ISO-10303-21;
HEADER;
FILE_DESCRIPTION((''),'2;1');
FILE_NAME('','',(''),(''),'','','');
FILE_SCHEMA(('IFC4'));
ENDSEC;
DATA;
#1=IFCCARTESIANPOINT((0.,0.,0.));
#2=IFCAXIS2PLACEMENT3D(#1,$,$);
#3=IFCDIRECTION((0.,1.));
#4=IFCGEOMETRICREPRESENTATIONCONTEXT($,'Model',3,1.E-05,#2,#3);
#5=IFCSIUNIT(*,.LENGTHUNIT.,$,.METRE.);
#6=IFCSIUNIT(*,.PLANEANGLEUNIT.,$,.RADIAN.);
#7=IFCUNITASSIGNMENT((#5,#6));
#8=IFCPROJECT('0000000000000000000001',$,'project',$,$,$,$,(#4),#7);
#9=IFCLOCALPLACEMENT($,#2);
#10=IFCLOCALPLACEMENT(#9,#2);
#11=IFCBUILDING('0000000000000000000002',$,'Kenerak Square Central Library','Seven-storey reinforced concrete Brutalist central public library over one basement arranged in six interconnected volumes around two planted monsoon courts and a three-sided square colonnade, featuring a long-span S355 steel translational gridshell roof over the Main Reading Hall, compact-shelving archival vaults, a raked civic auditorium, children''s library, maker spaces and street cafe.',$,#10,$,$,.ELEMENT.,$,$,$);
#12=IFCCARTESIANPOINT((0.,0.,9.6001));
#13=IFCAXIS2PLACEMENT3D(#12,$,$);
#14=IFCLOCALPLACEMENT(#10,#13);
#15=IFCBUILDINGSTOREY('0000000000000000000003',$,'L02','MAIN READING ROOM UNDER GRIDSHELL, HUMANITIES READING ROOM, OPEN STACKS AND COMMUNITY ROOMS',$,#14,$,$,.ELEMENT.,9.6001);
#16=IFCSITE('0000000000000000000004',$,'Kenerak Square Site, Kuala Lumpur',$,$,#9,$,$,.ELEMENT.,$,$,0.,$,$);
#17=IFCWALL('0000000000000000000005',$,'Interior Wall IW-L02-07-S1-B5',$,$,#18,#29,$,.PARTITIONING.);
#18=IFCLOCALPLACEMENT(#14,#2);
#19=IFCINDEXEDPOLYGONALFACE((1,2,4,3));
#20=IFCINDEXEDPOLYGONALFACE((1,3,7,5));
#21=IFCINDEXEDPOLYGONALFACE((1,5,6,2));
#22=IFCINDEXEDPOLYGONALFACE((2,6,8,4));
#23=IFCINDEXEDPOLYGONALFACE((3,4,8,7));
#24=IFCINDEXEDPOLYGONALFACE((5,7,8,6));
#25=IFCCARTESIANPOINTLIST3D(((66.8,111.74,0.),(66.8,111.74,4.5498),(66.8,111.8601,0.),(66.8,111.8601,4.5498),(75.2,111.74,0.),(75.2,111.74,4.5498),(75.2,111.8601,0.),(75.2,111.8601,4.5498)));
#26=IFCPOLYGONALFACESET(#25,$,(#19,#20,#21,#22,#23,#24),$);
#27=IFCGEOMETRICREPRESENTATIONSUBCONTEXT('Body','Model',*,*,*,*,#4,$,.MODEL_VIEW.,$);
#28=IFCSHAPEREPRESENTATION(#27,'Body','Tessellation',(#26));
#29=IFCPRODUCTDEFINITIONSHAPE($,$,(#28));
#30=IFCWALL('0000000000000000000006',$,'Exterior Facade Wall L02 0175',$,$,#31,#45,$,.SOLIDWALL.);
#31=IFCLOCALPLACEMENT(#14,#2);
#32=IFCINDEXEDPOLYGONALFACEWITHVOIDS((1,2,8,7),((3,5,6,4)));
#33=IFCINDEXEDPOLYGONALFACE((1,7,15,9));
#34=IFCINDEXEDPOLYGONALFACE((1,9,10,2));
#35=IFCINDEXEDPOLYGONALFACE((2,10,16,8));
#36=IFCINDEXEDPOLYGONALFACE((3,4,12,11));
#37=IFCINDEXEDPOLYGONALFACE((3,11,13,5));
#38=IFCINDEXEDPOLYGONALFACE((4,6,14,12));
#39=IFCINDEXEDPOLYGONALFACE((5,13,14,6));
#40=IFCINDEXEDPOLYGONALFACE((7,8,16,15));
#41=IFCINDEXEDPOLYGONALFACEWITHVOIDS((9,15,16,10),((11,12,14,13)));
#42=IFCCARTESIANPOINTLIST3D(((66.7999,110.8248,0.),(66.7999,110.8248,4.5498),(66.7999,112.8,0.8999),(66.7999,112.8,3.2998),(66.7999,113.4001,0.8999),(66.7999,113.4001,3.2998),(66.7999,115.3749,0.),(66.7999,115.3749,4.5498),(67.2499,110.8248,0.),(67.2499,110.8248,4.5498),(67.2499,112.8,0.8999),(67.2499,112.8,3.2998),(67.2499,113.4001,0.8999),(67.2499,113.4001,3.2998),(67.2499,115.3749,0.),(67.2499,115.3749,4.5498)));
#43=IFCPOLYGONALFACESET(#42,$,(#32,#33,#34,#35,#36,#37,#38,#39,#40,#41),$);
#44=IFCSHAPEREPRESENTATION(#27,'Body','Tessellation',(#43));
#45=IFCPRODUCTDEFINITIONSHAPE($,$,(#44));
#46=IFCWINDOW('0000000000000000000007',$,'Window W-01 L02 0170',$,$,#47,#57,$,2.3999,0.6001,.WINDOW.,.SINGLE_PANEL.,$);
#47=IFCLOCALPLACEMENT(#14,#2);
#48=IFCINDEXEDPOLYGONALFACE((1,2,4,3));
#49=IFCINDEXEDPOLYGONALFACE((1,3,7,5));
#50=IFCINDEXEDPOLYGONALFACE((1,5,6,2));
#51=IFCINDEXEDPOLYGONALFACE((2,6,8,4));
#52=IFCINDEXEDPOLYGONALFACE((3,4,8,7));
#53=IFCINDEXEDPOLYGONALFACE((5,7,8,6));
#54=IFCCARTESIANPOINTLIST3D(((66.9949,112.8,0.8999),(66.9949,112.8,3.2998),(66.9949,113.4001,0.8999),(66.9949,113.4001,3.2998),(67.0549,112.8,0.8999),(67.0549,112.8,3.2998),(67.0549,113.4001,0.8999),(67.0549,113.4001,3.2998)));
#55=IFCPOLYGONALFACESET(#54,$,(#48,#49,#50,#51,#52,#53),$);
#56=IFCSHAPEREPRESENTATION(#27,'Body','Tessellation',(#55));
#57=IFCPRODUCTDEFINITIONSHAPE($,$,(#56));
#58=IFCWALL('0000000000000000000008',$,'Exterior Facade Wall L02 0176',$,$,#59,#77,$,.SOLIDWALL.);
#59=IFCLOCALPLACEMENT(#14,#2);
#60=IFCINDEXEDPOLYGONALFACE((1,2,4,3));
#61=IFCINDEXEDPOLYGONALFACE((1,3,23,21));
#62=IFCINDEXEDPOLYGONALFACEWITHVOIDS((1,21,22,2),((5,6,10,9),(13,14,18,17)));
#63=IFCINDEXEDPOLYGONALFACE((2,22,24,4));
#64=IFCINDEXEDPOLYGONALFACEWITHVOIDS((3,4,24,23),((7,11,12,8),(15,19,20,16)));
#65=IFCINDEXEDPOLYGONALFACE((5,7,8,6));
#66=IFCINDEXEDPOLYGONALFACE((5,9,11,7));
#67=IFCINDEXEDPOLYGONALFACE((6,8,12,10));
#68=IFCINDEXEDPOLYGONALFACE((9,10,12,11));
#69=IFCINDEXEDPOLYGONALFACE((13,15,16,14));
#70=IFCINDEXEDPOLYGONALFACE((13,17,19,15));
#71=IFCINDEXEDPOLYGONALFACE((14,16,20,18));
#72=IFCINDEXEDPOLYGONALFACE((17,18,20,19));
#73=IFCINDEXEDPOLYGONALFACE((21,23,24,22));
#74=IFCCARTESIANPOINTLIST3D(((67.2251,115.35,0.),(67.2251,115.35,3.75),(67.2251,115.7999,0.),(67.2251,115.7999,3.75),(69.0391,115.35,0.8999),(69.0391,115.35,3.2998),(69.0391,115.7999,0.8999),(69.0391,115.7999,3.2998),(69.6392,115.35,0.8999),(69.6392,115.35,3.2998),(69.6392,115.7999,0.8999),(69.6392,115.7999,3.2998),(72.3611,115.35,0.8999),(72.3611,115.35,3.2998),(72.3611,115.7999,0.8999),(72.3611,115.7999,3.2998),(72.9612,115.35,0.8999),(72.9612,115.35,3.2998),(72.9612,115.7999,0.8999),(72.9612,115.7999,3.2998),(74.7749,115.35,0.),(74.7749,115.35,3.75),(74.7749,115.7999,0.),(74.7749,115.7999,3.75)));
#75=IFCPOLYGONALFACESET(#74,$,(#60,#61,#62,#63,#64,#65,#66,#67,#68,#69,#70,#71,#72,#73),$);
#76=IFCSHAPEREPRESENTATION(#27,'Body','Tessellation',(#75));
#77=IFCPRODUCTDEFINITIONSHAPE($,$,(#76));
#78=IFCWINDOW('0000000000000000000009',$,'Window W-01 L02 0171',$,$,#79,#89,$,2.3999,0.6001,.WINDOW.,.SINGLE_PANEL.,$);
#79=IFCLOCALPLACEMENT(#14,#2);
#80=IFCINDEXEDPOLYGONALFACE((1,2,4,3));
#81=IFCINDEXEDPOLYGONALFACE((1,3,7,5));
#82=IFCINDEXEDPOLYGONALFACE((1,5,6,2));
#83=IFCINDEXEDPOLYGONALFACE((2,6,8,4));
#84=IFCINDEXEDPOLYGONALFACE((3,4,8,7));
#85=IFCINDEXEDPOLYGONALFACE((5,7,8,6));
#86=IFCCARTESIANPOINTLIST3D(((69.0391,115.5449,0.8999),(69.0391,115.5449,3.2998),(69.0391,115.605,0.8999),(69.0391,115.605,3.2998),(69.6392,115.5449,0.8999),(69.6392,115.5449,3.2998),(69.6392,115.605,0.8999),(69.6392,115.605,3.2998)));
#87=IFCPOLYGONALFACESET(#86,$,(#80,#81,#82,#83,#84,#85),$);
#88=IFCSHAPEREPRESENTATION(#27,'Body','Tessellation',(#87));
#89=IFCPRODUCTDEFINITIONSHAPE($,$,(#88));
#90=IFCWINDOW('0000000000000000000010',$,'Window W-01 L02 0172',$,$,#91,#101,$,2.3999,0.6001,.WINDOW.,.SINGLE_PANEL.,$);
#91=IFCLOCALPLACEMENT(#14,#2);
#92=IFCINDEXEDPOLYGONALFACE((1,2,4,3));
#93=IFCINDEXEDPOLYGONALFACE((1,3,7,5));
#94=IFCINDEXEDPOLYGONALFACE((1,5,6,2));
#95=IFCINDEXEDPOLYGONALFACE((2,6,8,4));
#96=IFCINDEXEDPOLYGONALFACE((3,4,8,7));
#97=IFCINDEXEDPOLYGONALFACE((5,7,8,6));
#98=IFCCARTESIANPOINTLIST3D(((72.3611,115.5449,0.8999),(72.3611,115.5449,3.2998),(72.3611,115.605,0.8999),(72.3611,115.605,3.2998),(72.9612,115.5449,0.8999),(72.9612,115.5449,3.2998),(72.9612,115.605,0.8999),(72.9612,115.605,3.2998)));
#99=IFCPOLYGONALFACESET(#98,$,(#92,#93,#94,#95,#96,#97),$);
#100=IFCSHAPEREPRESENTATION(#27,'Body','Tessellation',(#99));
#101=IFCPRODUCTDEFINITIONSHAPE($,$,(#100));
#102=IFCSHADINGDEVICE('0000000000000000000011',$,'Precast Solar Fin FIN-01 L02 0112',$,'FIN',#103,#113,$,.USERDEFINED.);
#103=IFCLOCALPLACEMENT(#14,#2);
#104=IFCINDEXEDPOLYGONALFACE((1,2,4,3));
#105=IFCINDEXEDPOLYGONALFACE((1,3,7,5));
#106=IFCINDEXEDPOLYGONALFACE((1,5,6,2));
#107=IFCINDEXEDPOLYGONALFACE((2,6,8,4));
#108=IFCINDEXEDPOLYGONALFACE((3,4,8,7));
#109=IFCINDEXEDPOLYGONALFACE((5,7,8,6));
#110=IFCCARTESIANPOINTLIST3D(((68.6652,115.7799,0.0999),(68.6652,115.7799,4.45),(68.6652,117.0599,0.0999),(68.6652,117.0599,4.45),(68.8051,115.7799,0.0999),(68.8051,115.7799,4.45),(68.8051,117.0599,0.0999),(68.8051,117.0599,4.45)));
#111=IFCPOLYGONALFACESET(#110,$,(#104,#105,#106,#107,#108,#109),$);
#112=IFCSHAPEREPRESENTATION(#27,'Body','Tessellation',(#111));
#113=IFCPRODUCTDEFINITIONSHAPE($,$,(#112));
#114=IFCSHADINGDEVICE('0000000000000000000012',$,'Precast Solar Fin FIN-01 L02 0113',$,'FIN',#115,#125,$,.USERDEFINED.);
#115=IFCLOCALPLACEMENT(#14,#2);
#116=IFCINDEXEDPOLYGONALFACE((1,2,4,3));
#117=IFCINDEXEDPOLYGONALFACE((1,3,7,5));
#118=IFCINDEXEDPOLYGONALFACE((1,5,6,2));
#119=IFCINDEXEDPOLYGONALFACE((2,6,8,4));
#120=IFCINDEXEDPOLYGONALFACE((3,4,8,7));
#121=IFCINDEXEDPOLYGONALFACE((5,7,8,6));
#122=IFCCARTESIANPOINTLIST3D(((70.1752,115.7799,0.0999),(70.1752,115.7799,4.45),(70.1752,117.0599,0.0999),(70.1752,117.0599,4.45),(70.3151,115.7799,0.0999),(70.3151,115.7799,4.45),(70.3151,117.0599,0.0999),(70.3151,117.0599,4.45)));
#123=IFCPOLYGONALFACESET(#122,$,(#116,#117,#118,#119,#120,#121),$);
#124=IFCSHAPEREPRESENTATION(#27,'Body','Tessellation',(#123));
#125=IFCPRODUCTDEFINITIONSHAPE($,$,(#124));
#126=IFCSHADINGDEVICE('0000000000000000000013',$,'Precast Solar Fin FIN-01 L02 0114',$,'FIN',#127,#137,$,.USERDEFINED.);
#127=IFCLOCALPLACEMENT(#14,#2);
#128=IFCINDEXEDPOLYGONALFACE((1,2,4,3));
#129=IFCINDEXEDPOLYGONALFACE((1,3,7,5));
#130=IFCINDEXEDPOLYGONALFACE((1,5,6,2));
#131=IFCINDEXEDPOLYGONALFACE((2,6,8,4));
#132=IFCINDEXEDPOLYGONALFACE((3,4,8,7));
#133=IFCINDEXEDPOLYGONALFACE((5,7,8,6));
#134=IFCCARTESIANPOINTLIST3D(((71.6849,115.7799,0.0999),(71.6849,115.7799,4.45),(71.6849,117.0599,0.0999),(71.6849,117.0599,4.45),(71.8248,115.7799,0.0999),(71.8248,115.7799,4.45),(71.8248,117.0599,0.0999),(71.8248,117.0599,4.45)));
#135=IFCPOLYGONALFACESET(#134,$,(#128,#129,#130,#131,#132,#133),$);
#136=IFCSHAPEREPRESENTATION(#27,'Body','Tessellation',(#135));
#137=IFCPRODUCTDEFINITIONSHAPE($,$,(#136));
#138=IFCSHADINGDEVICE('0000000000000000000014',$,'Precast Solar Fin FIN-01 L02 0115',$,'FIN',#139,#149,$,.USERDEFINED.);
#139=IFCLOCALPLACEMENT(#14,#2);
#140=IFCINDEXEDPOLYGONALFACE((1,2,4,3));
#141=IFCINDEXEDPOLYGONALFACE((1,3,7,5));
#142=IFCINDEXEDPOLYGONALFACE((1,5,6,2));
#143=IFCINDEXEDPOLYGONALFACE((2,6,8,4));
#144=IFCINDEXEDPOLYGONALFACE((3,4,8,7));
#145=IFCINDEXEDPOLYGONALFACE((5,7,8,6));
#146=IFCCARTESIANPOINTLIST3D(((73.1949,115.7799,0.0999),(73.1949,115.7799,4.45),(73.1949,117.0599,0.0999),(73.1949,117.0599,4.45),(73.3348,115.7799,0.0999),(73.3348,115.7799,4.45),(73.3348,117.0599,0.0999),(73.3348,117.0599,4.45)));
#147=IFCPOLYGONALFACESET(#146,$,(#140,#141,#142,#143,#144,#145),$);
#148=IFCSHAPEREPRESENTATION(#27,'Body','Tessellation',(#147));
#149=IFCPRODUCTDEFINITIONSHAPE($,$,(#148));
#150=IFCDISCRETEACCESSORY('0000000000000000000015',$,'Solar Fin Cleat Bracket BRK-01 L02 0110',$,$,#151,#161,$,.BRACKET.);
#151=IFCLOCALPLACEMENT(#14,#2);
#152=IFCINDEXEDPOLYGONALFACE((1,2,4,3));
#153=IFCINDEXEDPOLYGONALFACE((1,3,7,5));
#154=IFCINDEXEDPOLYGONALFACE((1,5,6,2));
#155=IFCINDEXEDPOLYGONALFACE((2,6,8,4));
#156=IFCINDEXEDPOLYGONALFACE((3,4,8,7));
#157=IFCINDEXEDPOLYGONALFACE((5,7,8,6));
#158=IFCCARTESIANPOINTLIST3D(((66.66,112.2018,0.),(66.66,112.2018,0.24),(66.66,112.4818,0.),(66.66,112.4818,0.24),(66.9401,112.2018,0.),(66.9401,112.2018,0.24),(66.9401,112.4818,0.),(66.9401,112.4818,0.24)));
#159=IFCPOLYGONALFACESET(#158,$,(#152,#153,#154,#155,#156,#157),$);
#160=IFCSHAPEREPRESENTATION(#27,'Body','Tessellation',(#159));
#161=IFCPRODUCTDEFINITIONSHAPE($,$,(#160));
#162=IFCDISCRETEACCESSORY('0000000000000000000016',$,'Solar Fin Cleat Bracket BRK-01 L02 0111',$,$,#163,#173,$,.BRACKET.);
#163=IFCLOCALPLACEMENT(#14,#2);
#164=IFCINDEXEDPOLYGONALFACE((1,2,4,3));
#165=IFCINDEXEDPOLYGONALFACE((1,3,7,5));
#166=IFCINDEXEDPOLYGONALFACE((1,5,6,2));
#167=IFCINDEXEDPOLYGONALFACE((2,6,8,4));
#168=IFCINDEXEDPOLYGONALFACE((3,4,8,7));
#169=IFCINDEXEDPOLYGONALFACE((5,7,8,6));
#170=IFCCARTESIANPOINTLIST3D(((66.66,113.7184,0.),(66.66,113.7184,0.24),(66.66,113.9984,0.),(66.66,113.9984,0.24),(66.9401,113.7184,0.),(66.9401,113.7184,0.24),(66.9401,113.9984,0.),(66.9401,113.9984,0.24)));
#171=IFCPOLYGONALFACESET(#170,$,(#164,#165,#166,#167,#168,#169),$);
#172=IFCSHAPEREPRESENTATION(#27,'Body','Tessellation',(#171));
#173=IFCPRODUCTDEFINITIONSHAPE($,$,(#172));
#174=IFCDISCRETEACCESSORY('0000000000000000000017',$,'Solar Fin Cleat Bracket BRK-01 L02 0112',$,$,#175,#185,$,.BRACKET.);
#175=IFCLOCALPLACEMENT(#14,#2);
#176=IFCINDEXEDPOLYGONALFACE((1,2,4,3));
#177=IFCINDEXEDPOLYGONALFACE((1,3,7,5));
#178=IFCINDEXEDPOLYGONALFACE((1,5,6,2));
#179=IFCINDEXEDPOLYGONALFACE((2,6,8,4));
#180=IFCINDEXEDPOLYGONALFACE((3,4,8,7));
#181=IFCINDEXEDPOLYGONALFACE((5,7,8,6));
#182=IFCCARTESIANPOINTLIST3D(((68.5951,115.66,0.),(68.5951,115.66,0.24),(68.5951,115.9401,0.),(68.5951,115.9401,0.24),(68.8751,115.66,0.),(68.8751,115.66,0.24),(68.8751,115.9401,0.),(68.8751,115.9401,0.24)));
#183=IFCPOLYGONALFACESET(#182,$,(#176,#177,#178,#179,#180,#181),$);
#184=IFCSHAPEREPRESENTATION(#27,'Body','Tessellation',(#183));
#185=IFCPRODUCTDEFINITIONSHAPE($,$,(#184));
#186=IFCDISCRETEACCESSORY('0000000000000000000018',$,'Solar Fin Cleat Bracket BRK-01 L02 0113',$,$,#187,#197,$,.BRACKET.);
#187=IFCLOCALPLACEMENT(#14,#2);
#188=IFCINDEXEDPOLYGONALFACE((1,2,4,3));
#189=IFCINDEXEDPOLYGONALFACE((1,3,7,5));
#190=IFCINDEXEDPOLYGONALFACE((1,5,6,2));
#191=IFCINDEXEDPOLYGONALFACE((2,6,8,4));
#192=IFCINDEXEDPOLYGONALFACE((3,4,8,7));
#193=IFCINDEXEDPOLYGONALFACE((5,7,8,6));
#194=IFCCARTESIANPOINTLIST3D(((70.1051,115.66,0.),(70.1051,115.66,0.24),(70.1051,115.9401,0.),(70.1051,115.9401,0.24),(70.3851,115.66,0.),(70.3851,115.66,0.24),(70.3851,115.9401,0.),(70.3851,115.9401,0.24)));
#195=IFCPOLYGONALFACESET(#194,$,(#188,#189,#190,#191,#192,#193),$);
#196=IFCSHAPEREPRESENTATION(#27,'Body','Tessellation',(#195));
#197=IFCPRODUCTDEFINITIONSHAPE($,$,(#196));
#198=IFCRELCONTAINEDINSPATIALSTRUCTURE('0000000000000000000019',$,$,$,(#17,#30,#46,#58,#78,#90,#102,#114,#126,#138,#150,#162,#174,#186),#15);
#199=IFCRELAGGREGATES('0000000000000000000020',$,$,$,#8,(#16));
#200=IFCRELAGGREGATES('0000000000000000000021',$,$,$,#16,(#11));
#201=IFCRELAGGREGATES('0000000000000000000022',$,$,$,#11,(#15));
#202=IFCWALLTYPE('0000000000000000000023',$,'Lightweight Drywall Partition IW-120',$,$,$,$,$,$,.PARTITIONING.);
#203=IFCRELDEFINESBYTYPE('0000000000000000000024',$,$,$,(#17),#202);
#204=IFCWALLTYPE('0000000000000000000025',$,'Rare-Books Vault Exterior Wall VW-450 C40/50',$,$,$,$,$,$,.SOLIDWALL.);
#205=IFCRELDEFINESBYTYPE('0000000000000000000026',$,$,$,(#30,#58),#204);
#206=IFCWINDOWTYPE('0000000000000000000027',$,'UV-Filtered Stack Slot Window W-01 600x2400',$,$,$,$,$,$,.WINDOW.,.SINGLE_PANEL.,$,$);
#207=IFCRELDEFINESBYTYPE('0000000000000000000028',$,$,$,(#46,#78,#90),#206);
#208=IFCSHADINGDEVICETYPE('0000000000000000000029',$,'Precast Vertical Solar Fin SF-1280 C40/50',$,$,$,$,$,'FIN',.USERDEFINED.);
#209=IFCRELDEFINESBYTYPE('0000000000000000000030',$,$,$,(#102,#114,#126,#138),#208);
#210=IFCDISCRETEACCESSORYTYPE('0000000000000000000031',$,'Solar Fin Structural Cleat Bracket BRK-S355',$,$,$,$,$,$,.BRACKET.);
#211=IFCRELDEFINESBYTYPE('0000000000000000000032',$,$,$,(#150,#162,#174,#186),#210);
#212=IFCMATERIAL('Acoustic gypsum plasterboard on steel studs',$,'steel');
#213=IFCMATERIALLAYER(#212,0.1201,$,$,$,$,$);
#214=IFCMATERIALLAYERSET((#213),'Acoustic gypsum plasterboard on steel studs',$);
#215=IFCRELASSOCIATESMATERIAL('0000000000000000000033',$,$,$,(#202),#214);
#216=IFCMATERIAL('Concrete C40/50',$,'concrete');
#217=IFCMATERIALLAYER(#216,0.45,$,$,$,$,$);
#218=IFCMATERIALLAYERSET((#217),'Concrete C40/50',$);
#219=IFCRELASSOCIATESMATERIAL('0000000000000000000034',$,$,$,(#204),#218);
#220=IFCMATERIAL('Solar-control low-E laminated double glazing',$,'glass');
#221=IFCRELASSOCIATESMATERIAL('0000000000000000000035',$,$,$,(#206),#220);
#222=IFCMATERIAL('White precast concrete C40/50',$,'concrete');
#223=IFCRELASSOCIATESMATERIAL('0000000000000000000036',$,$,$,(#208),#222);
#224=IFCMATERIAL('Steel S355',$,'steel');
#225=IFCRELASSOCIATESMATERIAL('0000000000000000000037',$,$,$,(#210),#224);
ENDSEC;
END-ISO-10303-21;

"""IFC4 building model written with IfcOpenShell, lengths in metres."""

from ifc_helpers import new_model, si_unit, direction, frame, frame_2d, origin, origin_2d, place, context, subcontext, project, spatial, rectangle, extrude, material, layer, layer_set, type_object, element, fill, save


model = new_model("IFC4")

# Units and contexts
model_context = context("Model", 3, precision=1e-05, world=origin(), true_north=direction((0.0, 1.0)))
body_context = subcontext(model_context, "Body", "Model", "MODEL_VIEW")
ifc_project = project(units=[si_unit("LENGTHUNIT", "METRE"), si_unit("PLANEANGLEUNIT", "RADIAN")], contexts=[model_context])

# Site, building, storey
site_placement = place(None, origin())
site = spatial("IfcSite", under=ifc_project, at=site_placement, Name="Kenerak Square Site, Kuala Lumpur", CompositionType="ELEMENT", RefElevation=0.0)
building_placement = place(site_placement, origin())
building = spatial("IfcBuilding", under=site, at=building_placement, Name="Kenerak Square Central Library", Description="Seven-storey reinforced concrete Brutalist central public library over one basement arranged in six interconnected volumes around two planted monsoon courts and a three-sided square colonnade, featuring a long-span S355 steel translational gridshell roof over the Main Reading Hall, compact-shelving archival vaults, a raked civic auditorium, children's library, maker spaces and street cafe.", CompositionType="ELEMENT")
storey_placement = place(building_placement, frame((0.0, 0.0, 9.6001)))
storey = spatial("IfcBuildingStorey", under=building, at=storey_placement, Name="L02", Description="MAIN READING ROOM UNDER GRIDSHELL, HUMANITIES READING ROOM, OPEN STACKS AND COMMUNITY ROOMS", CompositionType="ELEMENT", Elevation=9.6001)

# Shared definitions
ifc_material_1 = material(Name="Concrete C40/50", Category="concrete")

# Wall
ifc_material_2 = material(Name="Acoustic gypsum plasterboard on steel studs", Category="steel")
ifc_layer_1 = layer(ifc_material_2, 0.1201)
ifc_layer_set_1 = layer_set([ifc_layer_1], Name="Acoustic gypsum plasterboard on steel studs")
wall_type_1 = type_object("IfcWallType", Name="Lightweight Drywall Partition IW-120", PredefinedType="PARTITIONING", material=ifc_layer_set_1)
wall_1_placement = place(storey_placement, frame((75.2, 111.8, 0.0), z_axis=(0.0, 0.0, 1.0), x_axis=(-1.0, 0.0, 0.0)))
element("IfcWall", 1, at=wall_1_placement, inside=storey, type_object=wall_type_1, Name="Interior Wall IW-L02-07-S1-B5", PredefinedType="PARTITIONING", context=body_context, shape_type="SweptSolid", body=[
    extrude(rectangle(XDim=8.3999, YDim=0.1201, at=frame_2d((4.2, 0.0))), origin(), (0.0, 0.0, 1.0), 4.5498),
])

# Wall, opening, window
ifc_layer_2 = layer(ifc_material_1, 0.45)
ifc_layer_set_2 = layer_set([ifc_layer_2], Name="Concrete C40/50")
wall_type_2 = type_object("IfcWallType", Name="Rare-Books Vault Exterior Wall VW-450 C40/50", PredefinedType="SOLIDWALL", material=ifc_layer_set_2)
wall_2_placement = place(storey_placement, frame((67.0249, 110.825, 0.0), z_axis=(0.0, 0.0, 1.0), x_axis=(0.0, 1.0, 0.0)))
wall_2 = element("IfcWall", 2, at=wall_2_placement, inside=storey, type_object=wall_type_2, Name="Exterior Facade Wall L02 0175", PredefinedType="SOLIDWALL", context=body_context, shape_type="SweptSolid", body=[
    extrude(rectangle(XDim=4.55, YDim=0.45, at=frame_2d((2.2749, 0.0))), origin(), (0.0, 0.0, 1.0), 4.5498),
])
opening_1_placement = place(wall_2_placement, frame((1.9751, 0.0, 0.8999)))
opening_1 = element("IfcOpeningElement", 3, at=opening_1_placement, cuts=wall_2, PredefinedType="OPENING", context=body_context, shape_type="SweptSolid", body=[
    extrude(rectangle(XDim=0.6001, YDim=2.3999, at=frame_2d((0.3, 1.2))), frame((0.0, 0.2349, 0.0), z_axis=(0.0, -1.0, 0.0), x_axis=(1.0, 0.0, 0.0)), (0.0, 0.0, 1.0), 0.47),
])
ifc_material_3 = material(Name="Solar-control low-E laminated double glazing", Category="glass")
window_type = type_object("IfcWindowType", Name="UV-Filtered Stack Slot Window W-01 600x2400", PartitioningType="SINGLE_PANEL", PredefinedType="WINDOW", material=ifc_material_3)
window_1_placement = place(opening_1_placement, origin())
window_1 = element("IfcWindow", 4, at=window_1_placement, inside=storey, type_object=window_type, Name="Window W-01 L02 0170", OverallHeight=2.3999, OverallWidth=0.6001, PartitioningType="SINGLE_PANEL", PredefinedType="WINDOW", context=body_context, shape_type="SweptSolid", body=[
    extrude(rectangle(XDim=0.6001, YDim=2.3999, at=frame_2d((0.3, 1.2))), frame((0.0, 0.03, 0.0), z_axis=(0.0, -1.0, 0.0), x_axis=(1.0, 0.0, 0.0)), (0.0, 0.0, 1.0), 0.0601),
])
fill(opening_1, window_1)

# Wall, openings, windows
wall_3_placement = place(storey_placement, frame((67.2251, 115.575, 0.0), z_axis=(0.0, 0.0, 1.0), x_axis=(1.0, 0.0, 0.0)))
wall_3 = element("IfcWall", 5, at=wall_3_placement, inside=storey, type_object=wall_type_2, Name="Exterior Facade Wall L02 0176", PredefinedType="SOLIDWALL", context=body_context, shape_type="SweptSolid", body=[
    extrude(rectangle(XDim=7.5498, YDim=0.45, at=frame_2d((3.7749, 0.0))), origin(), (0.0, 0.0, 1.0), 3.75),
])
opening_2_placement = place(wall_3_placement, frame((1.814, 0.0, 0.8999)))
opening_2 = element("IfcOpeningElement", 6, at=opening_2_placement, cuts=wall_3, PredefinedType="OPENING", context=body_context, shape_type="SweptSolid", body=[
    extrude(rectangle(XDim=0.6001, YDim=2.3999, at=frame_2d((0.3, 1.2))), frame((0.0, 0.2349, 0.0), z_axis=(0.0, -1.0, 0.0), x_axis=(1.0, 0.0, 0.0)), (0.0, 0.0, 1.0), 0.47),
])
opening_3_placement = place(wall_3_placement, frame((5.136, 0.0, 0.8999)))
opening_3 = element("IfcOpeningElement", 7, at=opening_3_placement, cuts=wall_3, PredefinedType="OPENING", context=body_context, shape_type="SweptSolid", body=[
    extrude(rectangle(XDim=0.6001, YDim=2.3999, at=frame_2d((0.3, 1.2))), frame((0.0, 0.2349, 0.0), z_axis=(0.0, -1.0, 0.0), x_axis=(1.0, 0.0, 0.0)), (0.0, 0.0, 1.0), 0.47),
])
window_2_placement = place(opening_2_placement, origin())
window_2 = element("IfcWindow", 8, at=window_2_placement, inside=storey, type_object=window_type, Name="Window W-01 L02 0171", OverallHeight=2.3999, OverallWidth=0.6001, PartitioningType="SINGLE_PANEL", PredefinedType="WINDOW", context=body_context, shape_type="SweptSolid", body=[
    extrude(rectangle(XDim=0.6001, YDim=2.3999, at=frame_2d((0.3, 1.2))), frame((0.0, 0.03, 0.0), z_axis=(0.0, -1.0, 0.0), x_axis=(1.0, 0.0, 0.0)), (0.0, 0.0, 1.0), 0.0601),
])
fill(opening_2, window_2)
window_3_placement = place(opening_3_placement, origin())
window_3 = element("IfcWindow", 9, at=window_3_placement, inside=storey, type_object=window_type, Name="Window W-01 L02 0172", OverallHeight=2.3999, OverallWidth=0.6001, PartitioningType="SINGLE_PANEL", PredefinedType="WINDOW", context=body_context, shape_type="SweptSolid", body=[
    extrude(rectangle(XDim=0.6001, YDim=2.3999, at=frame_2d((0.3, 1.2))), frame((0.0, 0.03, 0.0), z_axis=(0.0, -1.0, 0.0), x_axis=(1.0, 0.0, 0.0)), (0.0, 0.0, 1.0), 0.0601),
])
fill(opening_3, window_3)

# Shading devices
ifc_material_4 = material(Name="White precast concrete C40/50", Category="concrete")
shading_device_type = type_object("IfcShadingDeviceType", Name="Precast Vertical Solar Fin SF-1280 C40/50", ElementType="FIN", PredefinedType="USERDEFINED", material=ifc_material_4)
for number, where, z_axis, x_axis, name in (
    (10, (68.7351, 116.4199, 0.0999), (0.0, 0.0, 1.0), (1.0, 0.0, 0.0), "Precast Solar Fin FIN-01 L02 0112"),
    (11, (70.2451, 116.4199, 0.0999), (0.0, 0.0, 1.0), (1.0, 0.0, 0.0), "Precast Solar Fin FIN-01 L02 0113"),
    (12, (71.7549, 116.4199, 0.0999), (0.0, 0.0, 1.0), (1.0, 0.0, 0.0), "Precast Solar Fin FIN-01 L02 0114"),
    (13, (73.2649, 116.4199, 0.0999), (0.0, 0.0, 1.0), (1.0, 0.0, 0.0), "Precast Solar Fin FIN-01 L02 0115"),
):
    element("IfcShadingDevice", number, at=place(storey_placement, frame(where, z_axis=z_axis, x_axis=x_axis)), inside=storey, type_object=shading_device_type, Name=name, ObjectType="FIN", PredefinedType="USERDEFINED", context=body_context, shape_type="SweptSolid", body=[
        extrude(rectangle(XDim=0.1399, YDim=1.28, at=origin_2d()), origin(), (0.0, 0.0, 1.0), 4.3501),
    ])

# Discrete accessories
ifc_material_5 = material(Name="Steel S355", Category="steel")
discrete_accessory_type = type_object("IfcDiscreteAccessoryType", Name="Solar Fin Structural Cleat Bracket BRK-S355", PredefinedType="BRACKET", material=ifc_material_5)
for number, where, z_axis, x_axis, name in (
    (14, (66.8, 112.3418, 0.0), (0.0, 0.0, 1.0), (0.0, 1.0, 0.0), "Solar Fin Cleat Bracket BRK-01 L02 0110"),
    (15, (66.8, 113.8584, 0.0), (0.0, 0.0, 1.0), (0.0, 1.0, 0.0), "Solar Fin Cleat Bracket BRK-01 L02 0111"),
    (16, (68.7351, 115.8, 0.0), (0.0, 0.0, 1.0), (1.0, 0.0, 0.0), "Solar Fin Cleat Bracket BRK-01 L02 0112"),
    (17, (70.2451, 115.8, 0.0), (0.0, 0.0, 1.0), (1.0, 0.0, 0.0), "Solar Fin Cleat Bracket BRK-01 L02 0113"),
):
    element("IfcDiscreteAccessory", number, at=place(storey_placement, frame(where, z_axis=z_axis, x_axis=x_axis)), inside=storey, type_object=discrete_accessory_type, Name=name, PredefinedType="BRACKET", context=body_context, shape_type="SweptSolid", body=[
        extrude(rectangle(XDim=0.28, YDim=0.28, at=origin_2d()), origin(), (0.0, 0.0, 1.0), 0.24),
    ])

save(model, "model.ifc")
